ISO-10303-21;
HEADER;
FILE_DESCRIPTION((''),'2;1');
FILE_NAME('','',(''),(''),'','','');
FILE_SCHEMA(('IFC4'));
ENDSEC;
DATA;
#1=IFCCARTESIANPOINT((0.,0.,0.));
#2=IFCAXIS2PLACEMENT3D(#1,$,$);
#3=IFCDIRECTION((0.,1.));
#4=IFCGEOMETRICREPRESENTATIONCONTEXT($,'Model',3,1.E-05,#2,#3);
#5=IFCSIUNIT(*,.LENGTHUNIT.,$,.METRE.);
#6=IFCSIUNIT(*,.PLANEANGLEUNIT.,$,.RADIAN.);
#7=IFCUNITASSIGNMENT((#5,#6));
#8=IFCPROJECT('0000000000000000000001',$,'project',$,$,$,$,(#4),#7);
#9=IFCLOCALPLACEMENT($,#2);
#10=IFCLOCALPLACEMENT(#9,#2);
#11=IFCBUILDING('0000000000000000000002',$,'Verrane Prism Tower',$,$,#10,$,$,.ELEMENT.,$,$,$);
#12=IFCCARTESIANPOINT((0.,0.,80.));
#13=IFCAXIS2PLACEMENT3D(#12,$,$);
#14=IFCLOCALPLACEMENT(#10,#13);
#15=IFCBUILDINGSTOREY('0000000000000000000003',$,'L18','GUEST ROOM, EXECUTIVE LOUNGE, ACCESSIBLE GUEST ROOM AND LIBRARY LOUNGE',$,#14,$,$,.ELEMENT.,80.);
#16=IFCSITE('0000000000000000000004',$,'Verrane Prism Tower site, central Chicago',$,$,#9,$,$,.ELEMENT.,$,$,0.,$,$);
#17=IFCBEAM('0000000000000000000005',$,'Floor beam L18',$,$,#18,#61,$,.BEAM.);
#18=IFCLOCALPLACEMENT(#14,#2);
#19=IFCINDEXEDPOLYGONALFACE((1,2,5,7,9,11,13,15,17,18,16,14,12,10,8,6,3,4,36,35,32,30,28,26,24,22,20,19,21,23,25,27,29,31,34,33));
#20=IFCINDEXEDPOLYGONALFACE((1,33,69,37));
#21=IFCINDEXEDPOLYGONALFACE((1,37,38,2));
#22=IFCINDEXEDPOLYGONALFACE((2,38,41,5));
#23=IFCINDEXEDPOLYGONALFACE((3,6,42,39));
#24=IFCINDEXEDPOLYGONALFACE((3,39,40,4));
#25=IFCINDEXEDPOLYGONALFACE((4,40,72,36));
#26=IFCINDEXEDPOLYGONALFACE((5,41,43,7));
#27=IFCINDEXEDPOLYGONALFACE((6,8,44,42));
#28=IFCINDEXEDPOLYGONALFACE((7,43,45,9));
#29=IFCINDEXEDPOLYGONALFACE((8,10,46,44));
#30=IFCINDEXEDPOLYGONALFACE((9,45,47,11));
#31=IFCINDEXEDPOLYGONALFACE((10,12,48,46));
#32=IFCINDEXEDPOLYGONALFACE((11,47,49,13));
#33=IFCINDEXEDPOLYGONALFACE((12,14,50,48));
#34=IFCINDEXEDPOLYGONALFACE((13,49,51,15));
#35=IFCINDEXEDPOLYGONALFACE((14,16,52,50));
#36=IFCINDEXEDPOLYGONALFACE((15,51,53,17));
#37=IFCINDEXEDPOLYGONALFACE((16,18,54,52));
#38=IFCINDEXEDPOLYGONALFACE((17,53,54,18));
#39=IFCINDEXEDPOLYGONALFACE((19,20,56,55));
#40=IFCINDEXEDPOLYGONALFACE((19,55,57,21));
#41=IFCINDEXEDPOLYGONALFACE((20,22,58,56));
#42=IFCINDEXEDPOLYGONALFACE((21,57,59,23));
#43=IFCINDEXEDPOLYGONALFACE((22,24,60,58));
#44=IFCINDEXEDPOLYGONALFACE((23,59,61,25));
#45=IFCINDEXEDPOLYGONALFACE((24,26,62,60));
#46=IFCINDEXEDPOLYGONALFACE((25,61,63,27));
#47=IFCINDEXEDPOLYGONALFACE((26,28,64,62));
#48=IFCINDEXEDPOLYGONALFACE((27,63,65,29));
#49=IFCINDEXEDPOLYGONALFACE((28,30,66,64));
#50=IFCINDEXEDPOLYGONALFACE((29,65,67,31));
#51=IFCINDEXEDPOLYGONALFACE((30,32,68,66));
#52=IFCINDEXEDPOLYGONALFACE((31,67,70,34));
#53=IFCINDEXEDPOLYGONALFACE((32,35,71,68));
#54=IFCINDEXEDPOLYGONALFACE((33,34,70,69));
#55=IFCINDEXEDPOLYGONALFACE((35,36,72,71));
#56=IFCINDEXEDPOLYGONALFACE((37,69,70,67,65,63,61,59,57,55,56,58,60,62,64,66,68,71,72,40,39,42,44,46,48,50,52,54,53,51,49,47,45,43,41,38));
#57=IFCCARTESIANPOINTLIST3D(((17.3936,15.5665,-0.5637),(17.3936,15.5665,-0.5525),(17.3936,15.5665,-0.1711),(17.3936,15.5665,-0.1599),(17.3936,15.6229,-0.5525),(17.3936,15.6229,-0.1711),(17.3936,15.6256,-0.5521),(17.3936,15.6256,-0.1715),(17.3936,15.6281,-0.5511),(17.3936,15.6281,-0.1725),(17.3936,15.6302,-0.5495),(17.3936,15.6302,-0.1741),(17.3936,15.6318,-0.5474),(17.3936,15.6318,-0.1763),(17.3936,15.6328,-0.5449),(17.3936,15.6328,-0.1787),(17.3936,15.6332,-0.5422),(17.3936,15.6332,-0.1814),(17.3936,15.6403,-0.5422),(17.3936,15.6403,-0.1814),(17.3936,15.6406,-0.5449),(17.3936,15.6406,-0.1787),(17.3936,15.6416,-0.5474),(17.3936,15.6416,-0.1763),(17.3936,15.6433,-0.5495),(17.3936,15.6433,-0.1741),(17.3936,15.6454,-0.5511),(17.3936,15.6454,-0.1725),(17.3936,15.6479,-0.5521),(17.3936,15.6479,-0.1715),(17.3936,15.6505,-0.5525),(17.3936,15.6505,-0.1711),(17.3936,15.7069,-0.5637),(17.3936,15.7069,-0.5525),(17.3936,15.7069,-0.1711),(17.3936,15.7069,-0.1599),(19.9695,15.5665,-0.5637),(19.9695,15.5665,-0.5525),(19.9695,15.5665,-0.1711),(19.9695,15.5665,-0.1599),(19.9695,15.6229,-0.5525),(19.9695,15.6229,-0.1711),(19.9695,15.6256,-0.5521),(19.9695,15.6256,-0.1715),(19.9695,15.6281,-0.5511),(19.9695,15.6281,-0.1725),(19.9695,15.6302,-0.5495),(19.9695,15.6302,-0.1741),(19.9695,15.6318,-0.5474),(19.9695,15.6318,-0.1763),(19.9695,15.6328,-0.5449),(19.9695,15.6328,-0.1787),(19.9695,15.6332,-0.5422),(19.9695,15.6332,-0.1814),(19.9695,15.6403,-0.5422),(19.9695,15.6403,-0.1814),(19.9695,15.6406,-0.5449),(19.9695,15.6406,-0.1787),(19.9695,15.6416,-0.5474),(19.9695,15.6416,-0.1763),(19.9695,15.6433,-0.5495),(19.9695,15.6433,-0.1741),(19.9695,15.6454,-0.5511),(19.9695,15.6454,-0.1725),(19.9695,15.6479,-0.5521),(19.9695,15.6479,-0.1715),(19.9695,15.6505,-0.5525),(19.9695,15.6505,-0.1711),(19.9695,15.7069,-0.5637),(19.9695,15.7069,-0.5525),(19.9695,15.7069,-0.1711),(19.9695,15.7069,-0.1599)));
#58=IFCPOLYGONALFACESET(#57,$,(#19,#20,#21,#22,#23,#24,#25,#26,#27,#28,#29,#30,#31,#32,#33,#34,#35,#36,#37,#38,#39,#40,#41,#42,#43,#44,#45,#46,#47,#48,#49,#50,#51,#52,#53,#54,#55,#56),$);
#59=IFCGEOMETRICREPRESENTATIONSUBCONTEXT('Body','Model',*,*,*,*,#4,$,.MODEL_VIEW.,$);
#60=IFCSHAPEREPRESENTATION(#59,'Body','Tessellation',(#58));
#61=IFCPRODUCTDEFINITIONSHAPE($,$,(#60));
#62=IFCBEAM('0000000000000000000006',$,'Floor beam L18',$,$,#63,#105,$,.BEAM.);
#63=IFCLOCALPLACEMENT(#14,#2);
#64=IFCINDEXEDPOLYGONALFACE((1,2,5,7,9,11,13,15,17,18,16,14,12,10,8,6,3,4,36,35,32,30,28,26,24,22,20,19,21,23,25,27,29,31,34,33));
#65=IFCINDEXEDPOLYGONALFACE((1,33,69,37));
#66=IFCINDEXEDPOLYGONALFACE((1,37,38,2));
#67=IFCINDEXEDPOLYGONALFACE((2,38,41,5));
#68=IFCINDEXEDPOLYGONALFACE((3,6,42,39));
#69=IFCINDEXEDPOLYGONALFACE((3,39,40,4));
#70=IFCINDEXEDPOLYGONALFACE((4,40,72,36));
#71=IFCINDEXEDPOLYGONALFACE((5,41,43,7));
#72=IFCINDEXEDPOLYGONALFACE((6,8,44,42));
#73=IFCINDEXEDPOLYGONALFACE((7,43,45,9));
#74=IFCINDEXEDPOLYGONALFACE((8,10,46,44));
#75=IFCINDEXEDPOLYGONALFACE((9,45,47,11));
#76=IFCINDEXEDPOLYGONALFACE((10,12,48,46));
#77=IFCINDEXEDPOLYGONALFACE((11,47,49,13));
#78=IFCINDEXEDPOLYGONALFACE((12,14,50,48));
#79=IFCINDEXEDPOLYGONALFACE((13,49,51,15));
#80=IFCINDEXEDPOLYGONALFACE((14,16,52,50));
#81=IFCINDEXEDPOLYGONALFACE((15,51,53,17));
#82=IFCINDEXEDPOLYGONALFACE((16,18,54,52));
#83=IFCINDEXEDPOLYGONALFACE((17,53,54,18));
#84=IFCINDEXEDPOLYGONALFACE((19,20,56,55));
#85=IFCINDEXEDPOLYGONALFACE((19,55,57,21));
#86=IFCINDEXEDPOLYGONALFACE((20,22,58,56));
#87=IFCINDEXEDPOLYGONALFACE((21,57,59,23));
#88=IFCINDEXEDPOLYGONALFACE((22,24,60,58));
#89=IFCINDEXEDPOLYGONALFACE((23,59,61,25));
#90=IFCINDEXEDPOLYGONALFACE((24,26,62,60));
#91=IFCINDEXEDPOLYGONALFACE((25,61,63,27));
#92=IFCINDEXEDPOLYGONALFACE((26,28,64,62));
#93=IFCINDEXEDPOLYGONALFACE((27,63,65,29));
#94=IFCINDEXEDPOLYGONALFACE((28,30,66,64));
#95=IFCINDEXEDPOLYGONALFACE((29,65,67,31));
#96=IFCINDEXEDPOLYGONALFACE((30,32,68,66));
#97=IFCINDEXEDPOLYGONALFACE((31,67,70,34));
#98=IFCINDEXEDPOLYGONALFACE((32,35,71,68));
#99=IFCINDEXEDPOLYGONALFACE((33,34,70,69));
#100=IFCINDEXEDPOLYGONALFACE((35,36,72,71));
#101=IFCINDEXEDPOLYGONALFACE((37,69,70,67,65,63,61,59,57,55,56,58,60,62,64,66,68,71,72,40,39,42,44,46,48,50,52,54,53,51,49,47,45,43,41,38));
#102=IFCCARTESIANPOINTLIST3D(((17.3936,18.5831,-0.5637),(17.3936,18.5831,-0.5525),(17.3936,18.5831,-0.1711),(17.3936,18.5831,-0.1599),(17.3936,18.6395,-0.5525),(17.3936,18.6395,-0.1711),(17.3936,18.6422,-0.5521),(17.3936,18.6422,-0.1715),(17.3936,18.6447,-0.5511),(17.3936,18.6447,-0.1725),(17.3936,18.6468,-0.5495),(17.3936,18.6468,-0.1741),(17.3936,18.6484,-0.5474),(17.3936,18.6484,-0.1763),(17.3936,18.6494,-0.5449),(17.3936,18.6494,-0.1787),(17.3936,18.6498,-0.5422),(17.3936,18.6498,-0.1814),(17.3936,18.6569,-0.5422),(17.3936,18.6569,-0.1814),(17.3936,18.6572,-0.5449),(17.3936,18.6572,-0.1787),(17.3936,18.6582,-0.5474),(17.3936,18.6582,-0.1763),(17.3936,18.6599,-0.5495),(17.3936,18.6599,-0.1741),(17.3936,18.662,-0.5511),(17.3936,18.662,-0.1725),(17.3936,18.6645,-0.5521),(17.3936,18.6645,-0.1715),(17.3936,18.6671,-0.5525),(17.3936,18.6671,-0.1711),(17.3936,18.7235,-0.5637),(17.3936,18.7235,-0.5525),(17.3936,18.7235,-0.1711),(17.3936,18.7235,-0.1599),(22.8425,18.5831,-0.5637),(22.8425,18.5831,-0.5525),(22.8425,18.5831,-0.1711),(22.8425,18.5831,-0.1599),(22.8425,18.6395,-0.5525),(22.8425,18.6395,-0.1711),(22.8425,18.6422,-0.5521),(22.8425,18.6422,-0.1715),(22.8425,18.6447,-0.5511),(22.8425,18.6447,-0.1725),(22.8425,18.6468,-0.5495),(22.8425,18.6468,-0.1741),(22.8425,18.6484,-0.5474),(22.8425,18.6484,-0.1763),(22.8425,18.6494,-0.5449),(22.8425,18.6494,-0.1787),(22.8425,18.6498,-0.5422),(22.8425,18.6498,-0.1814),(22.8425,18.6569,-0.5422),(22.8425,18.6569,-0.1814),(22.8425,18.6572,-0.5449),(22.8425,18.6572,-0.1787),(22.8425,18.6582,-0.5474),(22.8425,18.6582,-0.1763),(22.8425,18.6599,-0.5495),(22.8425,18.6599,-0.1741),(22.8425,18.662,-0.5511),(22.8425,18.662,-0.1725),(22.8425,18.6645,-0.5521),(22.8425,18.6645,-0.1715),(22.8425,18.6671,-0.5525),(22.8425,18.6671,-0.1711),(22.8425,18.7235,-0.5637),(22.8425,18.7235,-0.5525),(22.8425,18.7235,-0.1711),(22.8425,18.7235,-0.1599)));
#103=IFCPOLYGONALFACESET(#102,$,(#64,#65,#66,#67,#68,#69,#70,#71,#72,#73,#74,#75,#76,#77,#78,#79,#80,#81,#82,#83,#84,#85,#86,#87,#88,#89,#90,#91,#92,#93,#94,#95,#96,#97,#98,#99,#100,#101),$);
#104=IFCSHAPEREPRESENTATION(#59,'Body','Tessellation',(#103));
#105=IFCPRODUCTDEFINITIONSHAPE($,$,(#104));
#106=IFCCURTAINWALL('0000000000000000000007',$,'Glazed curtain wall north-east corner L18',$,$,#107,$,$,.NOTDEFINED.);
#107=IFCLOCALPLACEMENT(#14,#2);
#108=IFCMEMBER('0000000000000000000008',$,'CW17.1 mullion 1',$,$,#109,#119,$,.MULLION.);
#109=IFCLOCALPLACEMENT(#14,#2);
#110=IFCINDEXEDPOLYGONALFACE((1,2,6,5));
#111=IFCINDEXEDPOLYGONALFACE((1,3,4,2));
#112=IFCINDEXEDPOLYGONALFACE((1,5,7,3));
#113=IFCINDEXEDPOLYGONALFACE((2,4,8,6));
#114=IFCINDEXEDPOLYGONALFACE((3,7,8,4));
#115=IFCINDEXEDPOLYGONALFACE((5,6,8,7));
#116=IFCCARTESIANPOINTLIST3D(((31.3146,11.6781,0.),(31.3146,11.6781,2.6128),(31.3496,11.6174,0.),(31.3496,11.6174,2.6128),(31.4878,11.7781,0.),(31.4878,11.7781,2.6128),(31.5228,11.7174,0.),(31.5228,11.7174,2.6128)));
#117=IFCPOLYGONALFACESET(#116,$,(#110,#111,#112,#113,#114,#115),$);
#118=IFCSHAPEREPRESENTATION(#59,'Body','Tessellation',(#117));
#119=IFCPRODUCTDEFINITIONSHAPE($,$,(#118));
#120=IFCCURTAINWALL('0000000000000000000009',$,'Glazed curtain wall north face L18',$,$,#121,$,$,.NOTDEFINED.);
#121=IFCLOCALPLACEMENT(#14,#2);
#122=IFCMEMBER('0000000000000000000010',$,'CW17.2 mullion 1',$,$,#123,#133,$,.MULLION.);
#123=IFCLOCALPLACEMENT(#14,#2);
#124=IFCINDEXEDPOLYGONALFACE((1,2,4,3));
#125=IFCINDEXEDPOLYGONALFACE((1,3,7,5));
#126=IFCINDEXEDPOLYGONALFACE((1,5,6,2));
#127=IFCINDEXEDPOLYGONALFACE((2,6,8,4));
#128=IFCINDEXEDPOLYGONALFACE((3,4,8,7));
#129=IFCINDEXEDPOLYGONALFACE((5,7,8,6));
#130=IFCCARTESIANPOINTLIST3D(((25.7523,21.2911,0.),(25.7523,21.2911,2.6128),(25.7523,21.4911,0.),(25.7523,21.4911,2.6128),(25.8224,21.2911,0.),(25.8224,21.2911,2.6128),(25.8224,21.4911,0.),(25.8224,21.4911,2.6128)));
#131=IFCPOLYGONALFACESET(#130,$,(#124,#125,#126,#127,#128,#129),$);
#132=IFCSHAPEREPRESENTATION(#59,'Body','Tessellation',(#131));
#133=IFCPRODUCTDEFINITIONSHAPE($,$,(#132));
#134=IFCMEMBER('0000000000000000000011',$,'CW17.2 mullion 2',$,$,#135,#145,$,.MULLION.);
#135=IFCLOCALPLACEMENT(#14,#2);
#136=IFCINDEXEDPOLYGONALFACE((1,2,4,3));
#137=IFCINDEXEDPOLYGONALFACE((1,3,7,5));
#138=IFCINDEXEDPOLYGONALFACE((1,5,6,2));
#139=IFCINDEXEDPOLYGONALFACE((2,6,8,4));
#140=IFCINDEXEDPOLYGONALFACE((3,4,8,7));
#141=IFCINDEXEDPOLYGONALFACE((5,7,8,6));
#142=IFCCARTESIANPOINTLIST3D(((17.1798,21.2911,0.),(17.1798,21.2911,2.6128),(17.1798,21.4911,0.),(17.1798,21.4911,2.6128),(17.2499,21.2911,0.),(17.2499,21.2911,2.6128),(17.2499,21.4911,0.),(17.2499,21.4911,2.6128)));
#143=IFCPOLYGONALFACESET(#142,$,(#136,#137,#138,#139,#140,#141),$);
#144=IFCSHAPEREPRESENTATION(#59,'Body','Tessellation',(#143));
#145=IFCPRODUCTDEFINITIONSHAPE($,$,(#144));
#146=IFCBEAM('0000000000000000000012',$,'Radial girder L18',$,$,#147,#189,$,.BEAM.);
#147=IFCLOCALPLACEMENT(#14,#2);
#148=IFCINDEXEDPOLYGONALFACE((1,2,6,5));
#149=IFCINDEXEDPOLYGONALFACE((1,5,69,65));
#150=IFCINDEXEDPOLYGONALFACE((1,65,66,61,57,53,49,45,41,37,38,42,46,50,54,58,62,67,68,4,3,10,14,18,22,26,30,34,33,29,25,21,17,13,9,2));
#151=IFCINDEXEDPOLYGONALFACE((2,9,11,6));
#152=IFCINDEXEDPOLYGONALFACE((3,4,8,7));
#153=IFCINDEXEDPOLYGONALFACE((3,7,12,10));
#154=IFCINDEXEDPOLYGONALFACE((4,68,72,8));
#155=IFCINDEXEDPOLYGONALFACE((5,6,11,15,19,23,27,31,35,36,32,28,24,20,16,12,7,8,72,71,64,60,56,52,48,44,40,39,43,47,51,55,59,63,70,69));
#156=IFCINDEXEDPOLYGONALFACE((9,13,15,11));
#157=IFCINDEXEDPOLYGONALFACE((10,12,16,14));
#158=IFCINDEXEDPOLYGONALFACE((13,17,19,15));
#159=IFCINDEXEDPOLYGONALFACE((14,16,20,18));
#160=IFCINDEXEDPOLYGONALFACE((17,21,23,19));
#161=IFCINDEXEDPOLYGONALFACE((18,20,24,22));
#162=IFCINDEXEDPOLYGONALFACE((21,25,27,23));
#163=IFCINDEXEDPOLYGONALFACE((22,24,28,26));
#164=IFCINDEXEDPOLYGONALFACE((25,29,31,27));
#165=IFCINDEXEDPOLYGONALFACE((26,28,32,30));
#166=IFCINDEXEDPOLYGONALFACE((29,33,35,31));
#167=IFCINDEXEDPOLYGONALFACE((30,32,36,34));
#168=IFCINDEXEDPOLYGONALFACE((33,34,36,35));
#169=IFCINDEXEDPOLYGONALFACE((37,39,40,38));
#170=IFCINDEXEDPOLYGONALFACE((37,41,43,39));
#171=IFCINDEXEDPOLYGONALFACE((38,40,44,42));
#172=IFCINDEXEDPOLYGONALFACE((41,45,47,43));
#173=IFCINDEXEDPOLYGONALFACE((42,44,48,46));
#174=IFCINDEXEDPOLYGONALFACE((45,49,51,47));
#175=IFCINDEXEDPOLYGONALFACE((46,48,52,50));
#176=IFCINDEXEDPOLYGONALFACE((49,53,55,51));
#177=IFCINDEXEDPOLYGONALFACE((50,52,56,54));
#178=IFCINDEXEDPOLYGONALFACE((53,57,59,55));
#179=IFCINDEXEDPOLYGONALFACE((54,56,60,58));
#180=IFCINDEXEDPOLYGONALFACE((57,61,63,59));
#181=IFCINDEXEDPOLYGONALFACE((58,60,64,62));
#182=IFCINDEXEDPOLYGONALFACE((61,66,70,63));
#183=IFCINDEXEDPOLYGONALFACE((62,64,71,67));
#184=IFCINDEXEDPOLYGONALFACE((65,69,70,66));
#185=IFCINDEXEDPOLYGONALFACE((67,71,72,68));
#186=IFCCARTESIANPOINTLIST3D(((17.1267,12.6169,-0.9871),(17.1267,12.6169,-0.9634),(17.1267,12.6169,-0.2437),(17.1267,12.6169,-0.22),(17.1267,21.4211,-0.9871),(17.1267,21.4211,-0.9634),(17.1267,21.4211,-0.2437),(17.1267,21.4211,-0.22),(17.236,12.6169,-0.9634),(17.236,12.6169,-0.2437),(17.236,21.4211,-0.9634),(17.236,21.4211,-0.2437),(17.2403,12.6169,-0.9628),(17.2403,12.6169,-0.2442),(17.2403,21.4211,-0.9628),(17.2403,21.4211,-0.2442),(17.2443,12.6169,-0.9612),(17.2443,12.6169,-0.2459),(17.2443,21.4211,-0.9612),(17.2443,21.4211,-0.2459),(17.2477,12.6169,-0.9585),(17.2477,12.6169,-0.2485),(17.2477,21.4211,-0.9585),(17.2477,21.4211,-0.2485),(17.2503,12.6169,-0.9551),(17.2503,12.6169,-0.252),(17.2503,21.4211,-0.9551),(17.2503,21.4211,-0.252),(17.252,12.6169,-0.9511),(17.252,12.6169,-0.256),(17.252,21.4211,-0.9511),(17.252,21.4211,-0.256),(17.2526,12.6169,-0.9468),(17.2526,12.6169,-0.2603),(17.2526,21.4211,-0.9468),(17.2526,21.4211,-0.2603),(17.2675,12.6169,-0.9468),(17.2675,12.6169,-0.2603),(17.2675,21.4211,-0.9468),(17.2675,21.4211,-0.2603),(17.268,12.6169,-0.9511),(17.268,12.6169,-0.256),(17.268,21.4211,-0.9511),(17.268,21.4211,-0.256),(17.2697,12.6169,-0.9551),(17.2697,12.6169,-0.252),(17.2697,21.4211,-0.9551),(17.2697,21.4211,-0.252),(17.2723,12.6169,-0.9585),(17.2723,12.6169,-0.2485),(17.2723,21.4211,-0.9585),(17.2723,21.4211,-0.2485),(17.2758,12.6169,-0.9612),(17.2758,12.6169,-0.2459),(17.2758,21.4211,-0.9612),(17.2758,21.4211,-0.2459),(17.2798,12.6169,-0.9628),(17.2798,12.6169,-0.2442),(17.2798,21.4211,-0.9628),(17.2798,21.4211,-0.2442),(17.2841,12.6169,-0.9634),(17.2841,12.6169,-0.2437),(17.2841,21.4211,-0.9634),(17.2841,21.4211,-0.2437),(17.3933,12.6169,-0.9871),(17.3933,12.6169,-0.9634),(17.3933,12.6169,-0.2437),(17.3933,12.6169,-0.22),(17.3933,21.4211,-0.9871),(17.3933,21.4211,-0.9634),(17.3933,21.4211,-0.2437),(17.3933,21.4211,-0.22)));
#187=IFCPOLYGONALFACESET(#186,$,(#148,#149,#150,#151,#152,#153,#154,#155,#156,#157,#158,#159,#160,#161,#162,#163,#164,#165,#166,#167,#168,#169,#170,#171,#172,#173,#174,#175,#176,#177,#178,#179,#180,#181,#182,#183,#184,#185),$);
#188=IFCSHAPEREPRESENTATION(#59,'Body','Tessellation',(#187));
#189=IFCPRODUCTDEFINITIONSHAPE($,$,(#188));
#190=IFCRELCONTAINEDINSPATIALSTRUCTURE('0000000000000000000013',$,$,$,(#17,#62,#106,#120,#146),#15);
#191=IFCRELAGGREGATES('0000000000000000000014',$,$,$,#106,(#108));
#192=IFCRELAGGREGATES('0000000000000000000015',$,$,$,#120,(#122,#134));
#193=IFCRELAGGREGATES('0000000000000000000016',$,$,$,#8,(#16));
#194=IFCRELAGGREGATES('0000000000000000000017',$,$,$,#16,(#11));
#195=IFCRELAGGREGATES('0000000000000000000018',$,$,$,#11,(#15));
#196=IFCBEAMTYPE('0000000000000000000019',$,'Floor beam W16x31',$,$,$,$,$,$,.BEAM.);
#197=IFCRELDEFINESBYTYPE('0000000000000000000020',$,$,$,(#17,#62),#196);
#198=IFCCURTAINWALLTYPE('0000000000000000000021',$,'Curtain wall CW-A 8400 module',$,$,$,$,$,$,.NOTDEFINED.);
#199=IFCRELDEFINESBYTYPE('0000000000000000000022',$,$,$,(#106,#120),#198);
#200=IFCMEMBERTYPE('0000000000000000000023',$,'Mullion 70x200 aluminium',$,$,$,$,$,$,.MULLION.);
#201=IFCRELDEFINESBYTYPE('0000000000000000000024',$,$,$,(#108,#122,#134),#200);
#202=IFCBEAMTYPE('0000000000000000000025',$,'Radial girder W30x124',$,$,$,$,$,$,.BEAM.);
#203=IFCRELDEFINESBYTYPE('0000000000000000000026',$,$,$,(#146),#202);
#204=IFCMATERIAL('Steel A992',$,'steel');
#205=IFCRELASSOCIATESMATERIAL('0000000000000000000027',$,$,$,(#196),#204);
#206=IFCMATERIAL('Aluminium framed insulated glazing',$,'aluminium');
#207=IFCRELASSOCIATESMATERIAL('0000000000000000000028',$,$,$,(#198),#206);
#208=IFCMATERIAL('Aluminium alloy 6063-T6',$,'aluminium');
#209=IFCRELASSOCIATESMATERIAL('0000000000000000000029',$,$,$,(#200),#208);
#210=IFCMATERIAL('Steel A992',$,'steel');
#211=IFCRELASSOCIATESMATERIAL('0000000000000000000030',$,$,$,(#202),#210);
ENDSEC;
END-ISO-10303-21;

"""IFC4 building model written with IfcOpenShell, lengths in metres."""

from ifc_helpers import new_model, si_unit, direction, frame, origin, origin_2d, place, context, subcontext, project, spatial, rectangle, i_section, extrude, material, material_profile, profile_set, type_object, element, aggregate, save


model = new_model("IFC4")

# Units and contexts
model_context = context("Model", 3, precision=1e-05, world=origin(), true_north=direction((0.0, 1.0)))
body_context = subcontext(model_context, "Body", "Model", "MODEL_VIEW")
ifc_project = project(units=[si_unit("LENGTHUNIT", "METRE"), si_unit("PLANEANGLEUNIT", "RADIAN")], contexts=[model_context])

# Site, building, storey
site_placement = place(None, origin())
site = spatial("IfcSite", under=ifc_project, at=site_placement, Name="Verrane Prism Tower site, central Chicago", CompositionType="ELEMENT", RefElevation=0.0)
building_placement = place(site_placement, origin())
building = spatial("IfcBuilding", under=site, at=building_placement, Name="Verrane Prism Tower", CompositionType="ELEMENT")
storey_placement = place(building_placement, frame((0.0, 0.0, 80.0)))
storey = spatial("IfcBuildingStorey", under=building, at=storey_placement, Name="L18", Description="GUEST ROOM, EXECUTIVE LOUNGE, ACCESSIBLE GUEST ROOM AND LIBRARY LOUNGE", CompositionType="ELEMENT", Elevation=80.0)

# Beams
ifc_material_1 = material(Name="Steel A992", Category="steel")
ifc_material_profile_1 = material_profile(ifc_material_1, i_section(OverallWidth=0.1404, OverallDepth=0.4038, WebThickness=0.0071, FlangeThickness=0.0112, FilletRadius=0.0103, at=origin_2d()), Name="W16x31")
ifc_profile_set_1 = profile_set([ifc_material_profile_1], Name="Steel A992")
beam_type_1 = type_object("IfcBeamType", Name="Floor beam W16x31", PredefinedType="BEAM", material=ifc_profile_set_1)
beam_1_placement = place(storey_placement, frame((17.3936, 15.6367, -0.3618), z_axis=(1.0, 0.0, 0.0), x_axis=(0.0, 1.0, 0.0)))
element("IfcBeam", 1, at=beam_1_placement, inside=storey, type_object=beam_type_1, Name="Floor beam L18", PredefinedType="BEAM", context=body_context, shape_type="SweptSolid", body=[
    extrude(i_section(OverallWidth=0.1404, OverallDepth=0.4038, WebThickness=0.0071, FlangeThickness=0.0112, FilletRadius=0.0103, at=origin_2d()), origin(), (0.0, 0.0, 1.0), 2.5759),
])
beam_2_placement = place(storey_placement, frame((17.3936, 18.6533, -0.3618), z_axis=(1.0, 0.0, 0.0), x_axis=(0.0, 1.0, 0.0)))
element("IfcBeam", 2, at=beam_2_placement, inside=storey, type_object=beam_type_1, Name="Floor beam L18", PredefinedType="BEAM", context=body_context, shape_type="SweptSolid", body=[
    extrude(i_section(OverallWidth=0.1404, OverallDepth=0.4038, WebThickness=0.0071, FlangeThickness=0.0112, FilletRadius=0.0103, at=origin_2d()), origin(), (0.0, 0.0, 1.0), 5.449),
])

# Curtain wall, member
ifc_material_2 = material(Name="Aluminium framed insulated glazing", Category="aluminium")
curtain_wall_type = type_object("IfcCurtainWallType", Name="Curtain wall CW-A 8400 module", PredefinedType="NOTDEFINED", material=ifc_material_2)
curtain_wall_1_placement = place(storey_placement, origin())
curtain_wall_1 = element("IfcCurtainWall", 3, at=curtain_wall_1_placement, inside=storey, type_object=curtain_wall_type, Name="Glazed curtain wall north-east corner L18", PredefinedType="NOTDEFINED")
ifc_material_3 = material(Name="Aluminium alloy 6063-T6", Category="aluminium")
ifc_material_profile_2 = material_profile(ifc_material_3, rectangle(XDim=0.2, YDim=0.0701, at=origin_2d()), Name="Mullion 70x200 aluminium")
ifc_profile_set_2 = profile_set([ifc_material_profile_2], Name="Aluminium alloy 6063-T6")
member_type_1 = type_object("IfcMemberType", Name="Mullion 70x200 aluminium", PredefinedType="MULLION", material=ifc_profile_set_2)
member_1_placement = place(storey_placement, frame((31.4187, 11.6978, 0.0), z_axis=(0.0, 0.0, 1.0), x_axis=(-0.866026, -0.499998, 0.0)))
member_1 = element("IfcMember", 4, at=member_1_placement, type_object=member_type_1, Name="CW17.1 mullion 1", PredefinedType="MULLION", context=body_context, shape_type="SweptSolid", body=[
    extrude(rectangle(XDim=0.2, YDim=0.0701, at=origin_2d()), origin(), (0.0, 0.0, 1.0), 2.6128),
])

# Curtain wall, members
curtain_wall_2_placement = place(storey_placement, origin())
curtain_wall_2 = element("IfcCurtainWall", 5, at=curtain_wall_2_placement, inside=storey, type_object=curtain_wall_type, Name="Glazed curtain wall north face L18", PredefinedType="NOTDEFINED")
member_2_placement = place(storey_placement, frame((25.7874, 21.3911, 0.0), z_axis=(0.0, 0.0, 1.0), x_axis=(0.0, -1.0, 0.0)))
member_2 = element("IfcMember", 6, at=member_2_placement, type_object=member_type_1, Name="CW17.2 mullion 1", PredefinedType="MULLION", context=body_context, shape_type="SweptSolid", body=[
    extrude(rectangle(XDim=0.2, YDim=0.0701, at=origin_2d()), origin(), (0.0, 0.0, 1.0), 2.6128),
])
member_3_placement = place(storey_placement, frame((17.2148, 21.3911, 0.0), z_axis=(0.0, 0.0, 1.0), x_axis=(0.0, -1.0, 0.0)))
member_3 = element("IfcMember", 7, at=member_3_placement, type_object=member_type_1, Name="CW17.2 mullion 2", PredefinedType="MULLION", context=body_context, shape_type="SweptSolid", body=[
    extrude(rectangle(XDim=0.2, YDim=0.0701, at=origin_2d()), origin(), (0.0, 0.0, 1.0), 2.6128),
])

# Beam
ifc_material_4 = material(Name="Steel A992", Category="steel")
ifc_material_profile_3 = material_profile(ifc_material_4, i_section(OverallWidth=0.2666, OverallDepth=0.7671, WebThickness=0.0149, FlangeThickness=0.0237, FilletRadius=0.0166, at=origin_2d()), Name="W30x124")
ifc_profile_set_3 = profile_set([ifc_material_profile_3], Name="Steel A992")
beam_type_2 = type_object("IfcBeamType", Name="Radial girder W30x124", PredefinedType="BEAM", material=ifc_profile_set_3)
beam_3_placement = place(storey_placement, frame((17.26, 21.4211, -0.6035), z_axis=(0.0, -1.0, 0.0), x_axis=(1.0, 0.0, 0.0)))
element("IfcBeam", 8, at=beam_3_placement, inside=storey, type_object=beam_type_2, Name="Radial girder L18", PredefinedType="BEAM", context=body_context, shape_type="SweptSolid", body=[
    extrude(i_section(OverallWidth=0.2666, OverallDepth=0.7671, WebThickness=0.0149, FlangeThickness=0.0237, FilletRadius=0.0166, at=origin_2d()), origin(), (0.0, 0.0, 1.0), 8.8042),
])

aggregate(curtain_wall_1, [member_1])
aggregate(curtain_wall_2, [member_2, member_3])

save(model, "model.ifc")
